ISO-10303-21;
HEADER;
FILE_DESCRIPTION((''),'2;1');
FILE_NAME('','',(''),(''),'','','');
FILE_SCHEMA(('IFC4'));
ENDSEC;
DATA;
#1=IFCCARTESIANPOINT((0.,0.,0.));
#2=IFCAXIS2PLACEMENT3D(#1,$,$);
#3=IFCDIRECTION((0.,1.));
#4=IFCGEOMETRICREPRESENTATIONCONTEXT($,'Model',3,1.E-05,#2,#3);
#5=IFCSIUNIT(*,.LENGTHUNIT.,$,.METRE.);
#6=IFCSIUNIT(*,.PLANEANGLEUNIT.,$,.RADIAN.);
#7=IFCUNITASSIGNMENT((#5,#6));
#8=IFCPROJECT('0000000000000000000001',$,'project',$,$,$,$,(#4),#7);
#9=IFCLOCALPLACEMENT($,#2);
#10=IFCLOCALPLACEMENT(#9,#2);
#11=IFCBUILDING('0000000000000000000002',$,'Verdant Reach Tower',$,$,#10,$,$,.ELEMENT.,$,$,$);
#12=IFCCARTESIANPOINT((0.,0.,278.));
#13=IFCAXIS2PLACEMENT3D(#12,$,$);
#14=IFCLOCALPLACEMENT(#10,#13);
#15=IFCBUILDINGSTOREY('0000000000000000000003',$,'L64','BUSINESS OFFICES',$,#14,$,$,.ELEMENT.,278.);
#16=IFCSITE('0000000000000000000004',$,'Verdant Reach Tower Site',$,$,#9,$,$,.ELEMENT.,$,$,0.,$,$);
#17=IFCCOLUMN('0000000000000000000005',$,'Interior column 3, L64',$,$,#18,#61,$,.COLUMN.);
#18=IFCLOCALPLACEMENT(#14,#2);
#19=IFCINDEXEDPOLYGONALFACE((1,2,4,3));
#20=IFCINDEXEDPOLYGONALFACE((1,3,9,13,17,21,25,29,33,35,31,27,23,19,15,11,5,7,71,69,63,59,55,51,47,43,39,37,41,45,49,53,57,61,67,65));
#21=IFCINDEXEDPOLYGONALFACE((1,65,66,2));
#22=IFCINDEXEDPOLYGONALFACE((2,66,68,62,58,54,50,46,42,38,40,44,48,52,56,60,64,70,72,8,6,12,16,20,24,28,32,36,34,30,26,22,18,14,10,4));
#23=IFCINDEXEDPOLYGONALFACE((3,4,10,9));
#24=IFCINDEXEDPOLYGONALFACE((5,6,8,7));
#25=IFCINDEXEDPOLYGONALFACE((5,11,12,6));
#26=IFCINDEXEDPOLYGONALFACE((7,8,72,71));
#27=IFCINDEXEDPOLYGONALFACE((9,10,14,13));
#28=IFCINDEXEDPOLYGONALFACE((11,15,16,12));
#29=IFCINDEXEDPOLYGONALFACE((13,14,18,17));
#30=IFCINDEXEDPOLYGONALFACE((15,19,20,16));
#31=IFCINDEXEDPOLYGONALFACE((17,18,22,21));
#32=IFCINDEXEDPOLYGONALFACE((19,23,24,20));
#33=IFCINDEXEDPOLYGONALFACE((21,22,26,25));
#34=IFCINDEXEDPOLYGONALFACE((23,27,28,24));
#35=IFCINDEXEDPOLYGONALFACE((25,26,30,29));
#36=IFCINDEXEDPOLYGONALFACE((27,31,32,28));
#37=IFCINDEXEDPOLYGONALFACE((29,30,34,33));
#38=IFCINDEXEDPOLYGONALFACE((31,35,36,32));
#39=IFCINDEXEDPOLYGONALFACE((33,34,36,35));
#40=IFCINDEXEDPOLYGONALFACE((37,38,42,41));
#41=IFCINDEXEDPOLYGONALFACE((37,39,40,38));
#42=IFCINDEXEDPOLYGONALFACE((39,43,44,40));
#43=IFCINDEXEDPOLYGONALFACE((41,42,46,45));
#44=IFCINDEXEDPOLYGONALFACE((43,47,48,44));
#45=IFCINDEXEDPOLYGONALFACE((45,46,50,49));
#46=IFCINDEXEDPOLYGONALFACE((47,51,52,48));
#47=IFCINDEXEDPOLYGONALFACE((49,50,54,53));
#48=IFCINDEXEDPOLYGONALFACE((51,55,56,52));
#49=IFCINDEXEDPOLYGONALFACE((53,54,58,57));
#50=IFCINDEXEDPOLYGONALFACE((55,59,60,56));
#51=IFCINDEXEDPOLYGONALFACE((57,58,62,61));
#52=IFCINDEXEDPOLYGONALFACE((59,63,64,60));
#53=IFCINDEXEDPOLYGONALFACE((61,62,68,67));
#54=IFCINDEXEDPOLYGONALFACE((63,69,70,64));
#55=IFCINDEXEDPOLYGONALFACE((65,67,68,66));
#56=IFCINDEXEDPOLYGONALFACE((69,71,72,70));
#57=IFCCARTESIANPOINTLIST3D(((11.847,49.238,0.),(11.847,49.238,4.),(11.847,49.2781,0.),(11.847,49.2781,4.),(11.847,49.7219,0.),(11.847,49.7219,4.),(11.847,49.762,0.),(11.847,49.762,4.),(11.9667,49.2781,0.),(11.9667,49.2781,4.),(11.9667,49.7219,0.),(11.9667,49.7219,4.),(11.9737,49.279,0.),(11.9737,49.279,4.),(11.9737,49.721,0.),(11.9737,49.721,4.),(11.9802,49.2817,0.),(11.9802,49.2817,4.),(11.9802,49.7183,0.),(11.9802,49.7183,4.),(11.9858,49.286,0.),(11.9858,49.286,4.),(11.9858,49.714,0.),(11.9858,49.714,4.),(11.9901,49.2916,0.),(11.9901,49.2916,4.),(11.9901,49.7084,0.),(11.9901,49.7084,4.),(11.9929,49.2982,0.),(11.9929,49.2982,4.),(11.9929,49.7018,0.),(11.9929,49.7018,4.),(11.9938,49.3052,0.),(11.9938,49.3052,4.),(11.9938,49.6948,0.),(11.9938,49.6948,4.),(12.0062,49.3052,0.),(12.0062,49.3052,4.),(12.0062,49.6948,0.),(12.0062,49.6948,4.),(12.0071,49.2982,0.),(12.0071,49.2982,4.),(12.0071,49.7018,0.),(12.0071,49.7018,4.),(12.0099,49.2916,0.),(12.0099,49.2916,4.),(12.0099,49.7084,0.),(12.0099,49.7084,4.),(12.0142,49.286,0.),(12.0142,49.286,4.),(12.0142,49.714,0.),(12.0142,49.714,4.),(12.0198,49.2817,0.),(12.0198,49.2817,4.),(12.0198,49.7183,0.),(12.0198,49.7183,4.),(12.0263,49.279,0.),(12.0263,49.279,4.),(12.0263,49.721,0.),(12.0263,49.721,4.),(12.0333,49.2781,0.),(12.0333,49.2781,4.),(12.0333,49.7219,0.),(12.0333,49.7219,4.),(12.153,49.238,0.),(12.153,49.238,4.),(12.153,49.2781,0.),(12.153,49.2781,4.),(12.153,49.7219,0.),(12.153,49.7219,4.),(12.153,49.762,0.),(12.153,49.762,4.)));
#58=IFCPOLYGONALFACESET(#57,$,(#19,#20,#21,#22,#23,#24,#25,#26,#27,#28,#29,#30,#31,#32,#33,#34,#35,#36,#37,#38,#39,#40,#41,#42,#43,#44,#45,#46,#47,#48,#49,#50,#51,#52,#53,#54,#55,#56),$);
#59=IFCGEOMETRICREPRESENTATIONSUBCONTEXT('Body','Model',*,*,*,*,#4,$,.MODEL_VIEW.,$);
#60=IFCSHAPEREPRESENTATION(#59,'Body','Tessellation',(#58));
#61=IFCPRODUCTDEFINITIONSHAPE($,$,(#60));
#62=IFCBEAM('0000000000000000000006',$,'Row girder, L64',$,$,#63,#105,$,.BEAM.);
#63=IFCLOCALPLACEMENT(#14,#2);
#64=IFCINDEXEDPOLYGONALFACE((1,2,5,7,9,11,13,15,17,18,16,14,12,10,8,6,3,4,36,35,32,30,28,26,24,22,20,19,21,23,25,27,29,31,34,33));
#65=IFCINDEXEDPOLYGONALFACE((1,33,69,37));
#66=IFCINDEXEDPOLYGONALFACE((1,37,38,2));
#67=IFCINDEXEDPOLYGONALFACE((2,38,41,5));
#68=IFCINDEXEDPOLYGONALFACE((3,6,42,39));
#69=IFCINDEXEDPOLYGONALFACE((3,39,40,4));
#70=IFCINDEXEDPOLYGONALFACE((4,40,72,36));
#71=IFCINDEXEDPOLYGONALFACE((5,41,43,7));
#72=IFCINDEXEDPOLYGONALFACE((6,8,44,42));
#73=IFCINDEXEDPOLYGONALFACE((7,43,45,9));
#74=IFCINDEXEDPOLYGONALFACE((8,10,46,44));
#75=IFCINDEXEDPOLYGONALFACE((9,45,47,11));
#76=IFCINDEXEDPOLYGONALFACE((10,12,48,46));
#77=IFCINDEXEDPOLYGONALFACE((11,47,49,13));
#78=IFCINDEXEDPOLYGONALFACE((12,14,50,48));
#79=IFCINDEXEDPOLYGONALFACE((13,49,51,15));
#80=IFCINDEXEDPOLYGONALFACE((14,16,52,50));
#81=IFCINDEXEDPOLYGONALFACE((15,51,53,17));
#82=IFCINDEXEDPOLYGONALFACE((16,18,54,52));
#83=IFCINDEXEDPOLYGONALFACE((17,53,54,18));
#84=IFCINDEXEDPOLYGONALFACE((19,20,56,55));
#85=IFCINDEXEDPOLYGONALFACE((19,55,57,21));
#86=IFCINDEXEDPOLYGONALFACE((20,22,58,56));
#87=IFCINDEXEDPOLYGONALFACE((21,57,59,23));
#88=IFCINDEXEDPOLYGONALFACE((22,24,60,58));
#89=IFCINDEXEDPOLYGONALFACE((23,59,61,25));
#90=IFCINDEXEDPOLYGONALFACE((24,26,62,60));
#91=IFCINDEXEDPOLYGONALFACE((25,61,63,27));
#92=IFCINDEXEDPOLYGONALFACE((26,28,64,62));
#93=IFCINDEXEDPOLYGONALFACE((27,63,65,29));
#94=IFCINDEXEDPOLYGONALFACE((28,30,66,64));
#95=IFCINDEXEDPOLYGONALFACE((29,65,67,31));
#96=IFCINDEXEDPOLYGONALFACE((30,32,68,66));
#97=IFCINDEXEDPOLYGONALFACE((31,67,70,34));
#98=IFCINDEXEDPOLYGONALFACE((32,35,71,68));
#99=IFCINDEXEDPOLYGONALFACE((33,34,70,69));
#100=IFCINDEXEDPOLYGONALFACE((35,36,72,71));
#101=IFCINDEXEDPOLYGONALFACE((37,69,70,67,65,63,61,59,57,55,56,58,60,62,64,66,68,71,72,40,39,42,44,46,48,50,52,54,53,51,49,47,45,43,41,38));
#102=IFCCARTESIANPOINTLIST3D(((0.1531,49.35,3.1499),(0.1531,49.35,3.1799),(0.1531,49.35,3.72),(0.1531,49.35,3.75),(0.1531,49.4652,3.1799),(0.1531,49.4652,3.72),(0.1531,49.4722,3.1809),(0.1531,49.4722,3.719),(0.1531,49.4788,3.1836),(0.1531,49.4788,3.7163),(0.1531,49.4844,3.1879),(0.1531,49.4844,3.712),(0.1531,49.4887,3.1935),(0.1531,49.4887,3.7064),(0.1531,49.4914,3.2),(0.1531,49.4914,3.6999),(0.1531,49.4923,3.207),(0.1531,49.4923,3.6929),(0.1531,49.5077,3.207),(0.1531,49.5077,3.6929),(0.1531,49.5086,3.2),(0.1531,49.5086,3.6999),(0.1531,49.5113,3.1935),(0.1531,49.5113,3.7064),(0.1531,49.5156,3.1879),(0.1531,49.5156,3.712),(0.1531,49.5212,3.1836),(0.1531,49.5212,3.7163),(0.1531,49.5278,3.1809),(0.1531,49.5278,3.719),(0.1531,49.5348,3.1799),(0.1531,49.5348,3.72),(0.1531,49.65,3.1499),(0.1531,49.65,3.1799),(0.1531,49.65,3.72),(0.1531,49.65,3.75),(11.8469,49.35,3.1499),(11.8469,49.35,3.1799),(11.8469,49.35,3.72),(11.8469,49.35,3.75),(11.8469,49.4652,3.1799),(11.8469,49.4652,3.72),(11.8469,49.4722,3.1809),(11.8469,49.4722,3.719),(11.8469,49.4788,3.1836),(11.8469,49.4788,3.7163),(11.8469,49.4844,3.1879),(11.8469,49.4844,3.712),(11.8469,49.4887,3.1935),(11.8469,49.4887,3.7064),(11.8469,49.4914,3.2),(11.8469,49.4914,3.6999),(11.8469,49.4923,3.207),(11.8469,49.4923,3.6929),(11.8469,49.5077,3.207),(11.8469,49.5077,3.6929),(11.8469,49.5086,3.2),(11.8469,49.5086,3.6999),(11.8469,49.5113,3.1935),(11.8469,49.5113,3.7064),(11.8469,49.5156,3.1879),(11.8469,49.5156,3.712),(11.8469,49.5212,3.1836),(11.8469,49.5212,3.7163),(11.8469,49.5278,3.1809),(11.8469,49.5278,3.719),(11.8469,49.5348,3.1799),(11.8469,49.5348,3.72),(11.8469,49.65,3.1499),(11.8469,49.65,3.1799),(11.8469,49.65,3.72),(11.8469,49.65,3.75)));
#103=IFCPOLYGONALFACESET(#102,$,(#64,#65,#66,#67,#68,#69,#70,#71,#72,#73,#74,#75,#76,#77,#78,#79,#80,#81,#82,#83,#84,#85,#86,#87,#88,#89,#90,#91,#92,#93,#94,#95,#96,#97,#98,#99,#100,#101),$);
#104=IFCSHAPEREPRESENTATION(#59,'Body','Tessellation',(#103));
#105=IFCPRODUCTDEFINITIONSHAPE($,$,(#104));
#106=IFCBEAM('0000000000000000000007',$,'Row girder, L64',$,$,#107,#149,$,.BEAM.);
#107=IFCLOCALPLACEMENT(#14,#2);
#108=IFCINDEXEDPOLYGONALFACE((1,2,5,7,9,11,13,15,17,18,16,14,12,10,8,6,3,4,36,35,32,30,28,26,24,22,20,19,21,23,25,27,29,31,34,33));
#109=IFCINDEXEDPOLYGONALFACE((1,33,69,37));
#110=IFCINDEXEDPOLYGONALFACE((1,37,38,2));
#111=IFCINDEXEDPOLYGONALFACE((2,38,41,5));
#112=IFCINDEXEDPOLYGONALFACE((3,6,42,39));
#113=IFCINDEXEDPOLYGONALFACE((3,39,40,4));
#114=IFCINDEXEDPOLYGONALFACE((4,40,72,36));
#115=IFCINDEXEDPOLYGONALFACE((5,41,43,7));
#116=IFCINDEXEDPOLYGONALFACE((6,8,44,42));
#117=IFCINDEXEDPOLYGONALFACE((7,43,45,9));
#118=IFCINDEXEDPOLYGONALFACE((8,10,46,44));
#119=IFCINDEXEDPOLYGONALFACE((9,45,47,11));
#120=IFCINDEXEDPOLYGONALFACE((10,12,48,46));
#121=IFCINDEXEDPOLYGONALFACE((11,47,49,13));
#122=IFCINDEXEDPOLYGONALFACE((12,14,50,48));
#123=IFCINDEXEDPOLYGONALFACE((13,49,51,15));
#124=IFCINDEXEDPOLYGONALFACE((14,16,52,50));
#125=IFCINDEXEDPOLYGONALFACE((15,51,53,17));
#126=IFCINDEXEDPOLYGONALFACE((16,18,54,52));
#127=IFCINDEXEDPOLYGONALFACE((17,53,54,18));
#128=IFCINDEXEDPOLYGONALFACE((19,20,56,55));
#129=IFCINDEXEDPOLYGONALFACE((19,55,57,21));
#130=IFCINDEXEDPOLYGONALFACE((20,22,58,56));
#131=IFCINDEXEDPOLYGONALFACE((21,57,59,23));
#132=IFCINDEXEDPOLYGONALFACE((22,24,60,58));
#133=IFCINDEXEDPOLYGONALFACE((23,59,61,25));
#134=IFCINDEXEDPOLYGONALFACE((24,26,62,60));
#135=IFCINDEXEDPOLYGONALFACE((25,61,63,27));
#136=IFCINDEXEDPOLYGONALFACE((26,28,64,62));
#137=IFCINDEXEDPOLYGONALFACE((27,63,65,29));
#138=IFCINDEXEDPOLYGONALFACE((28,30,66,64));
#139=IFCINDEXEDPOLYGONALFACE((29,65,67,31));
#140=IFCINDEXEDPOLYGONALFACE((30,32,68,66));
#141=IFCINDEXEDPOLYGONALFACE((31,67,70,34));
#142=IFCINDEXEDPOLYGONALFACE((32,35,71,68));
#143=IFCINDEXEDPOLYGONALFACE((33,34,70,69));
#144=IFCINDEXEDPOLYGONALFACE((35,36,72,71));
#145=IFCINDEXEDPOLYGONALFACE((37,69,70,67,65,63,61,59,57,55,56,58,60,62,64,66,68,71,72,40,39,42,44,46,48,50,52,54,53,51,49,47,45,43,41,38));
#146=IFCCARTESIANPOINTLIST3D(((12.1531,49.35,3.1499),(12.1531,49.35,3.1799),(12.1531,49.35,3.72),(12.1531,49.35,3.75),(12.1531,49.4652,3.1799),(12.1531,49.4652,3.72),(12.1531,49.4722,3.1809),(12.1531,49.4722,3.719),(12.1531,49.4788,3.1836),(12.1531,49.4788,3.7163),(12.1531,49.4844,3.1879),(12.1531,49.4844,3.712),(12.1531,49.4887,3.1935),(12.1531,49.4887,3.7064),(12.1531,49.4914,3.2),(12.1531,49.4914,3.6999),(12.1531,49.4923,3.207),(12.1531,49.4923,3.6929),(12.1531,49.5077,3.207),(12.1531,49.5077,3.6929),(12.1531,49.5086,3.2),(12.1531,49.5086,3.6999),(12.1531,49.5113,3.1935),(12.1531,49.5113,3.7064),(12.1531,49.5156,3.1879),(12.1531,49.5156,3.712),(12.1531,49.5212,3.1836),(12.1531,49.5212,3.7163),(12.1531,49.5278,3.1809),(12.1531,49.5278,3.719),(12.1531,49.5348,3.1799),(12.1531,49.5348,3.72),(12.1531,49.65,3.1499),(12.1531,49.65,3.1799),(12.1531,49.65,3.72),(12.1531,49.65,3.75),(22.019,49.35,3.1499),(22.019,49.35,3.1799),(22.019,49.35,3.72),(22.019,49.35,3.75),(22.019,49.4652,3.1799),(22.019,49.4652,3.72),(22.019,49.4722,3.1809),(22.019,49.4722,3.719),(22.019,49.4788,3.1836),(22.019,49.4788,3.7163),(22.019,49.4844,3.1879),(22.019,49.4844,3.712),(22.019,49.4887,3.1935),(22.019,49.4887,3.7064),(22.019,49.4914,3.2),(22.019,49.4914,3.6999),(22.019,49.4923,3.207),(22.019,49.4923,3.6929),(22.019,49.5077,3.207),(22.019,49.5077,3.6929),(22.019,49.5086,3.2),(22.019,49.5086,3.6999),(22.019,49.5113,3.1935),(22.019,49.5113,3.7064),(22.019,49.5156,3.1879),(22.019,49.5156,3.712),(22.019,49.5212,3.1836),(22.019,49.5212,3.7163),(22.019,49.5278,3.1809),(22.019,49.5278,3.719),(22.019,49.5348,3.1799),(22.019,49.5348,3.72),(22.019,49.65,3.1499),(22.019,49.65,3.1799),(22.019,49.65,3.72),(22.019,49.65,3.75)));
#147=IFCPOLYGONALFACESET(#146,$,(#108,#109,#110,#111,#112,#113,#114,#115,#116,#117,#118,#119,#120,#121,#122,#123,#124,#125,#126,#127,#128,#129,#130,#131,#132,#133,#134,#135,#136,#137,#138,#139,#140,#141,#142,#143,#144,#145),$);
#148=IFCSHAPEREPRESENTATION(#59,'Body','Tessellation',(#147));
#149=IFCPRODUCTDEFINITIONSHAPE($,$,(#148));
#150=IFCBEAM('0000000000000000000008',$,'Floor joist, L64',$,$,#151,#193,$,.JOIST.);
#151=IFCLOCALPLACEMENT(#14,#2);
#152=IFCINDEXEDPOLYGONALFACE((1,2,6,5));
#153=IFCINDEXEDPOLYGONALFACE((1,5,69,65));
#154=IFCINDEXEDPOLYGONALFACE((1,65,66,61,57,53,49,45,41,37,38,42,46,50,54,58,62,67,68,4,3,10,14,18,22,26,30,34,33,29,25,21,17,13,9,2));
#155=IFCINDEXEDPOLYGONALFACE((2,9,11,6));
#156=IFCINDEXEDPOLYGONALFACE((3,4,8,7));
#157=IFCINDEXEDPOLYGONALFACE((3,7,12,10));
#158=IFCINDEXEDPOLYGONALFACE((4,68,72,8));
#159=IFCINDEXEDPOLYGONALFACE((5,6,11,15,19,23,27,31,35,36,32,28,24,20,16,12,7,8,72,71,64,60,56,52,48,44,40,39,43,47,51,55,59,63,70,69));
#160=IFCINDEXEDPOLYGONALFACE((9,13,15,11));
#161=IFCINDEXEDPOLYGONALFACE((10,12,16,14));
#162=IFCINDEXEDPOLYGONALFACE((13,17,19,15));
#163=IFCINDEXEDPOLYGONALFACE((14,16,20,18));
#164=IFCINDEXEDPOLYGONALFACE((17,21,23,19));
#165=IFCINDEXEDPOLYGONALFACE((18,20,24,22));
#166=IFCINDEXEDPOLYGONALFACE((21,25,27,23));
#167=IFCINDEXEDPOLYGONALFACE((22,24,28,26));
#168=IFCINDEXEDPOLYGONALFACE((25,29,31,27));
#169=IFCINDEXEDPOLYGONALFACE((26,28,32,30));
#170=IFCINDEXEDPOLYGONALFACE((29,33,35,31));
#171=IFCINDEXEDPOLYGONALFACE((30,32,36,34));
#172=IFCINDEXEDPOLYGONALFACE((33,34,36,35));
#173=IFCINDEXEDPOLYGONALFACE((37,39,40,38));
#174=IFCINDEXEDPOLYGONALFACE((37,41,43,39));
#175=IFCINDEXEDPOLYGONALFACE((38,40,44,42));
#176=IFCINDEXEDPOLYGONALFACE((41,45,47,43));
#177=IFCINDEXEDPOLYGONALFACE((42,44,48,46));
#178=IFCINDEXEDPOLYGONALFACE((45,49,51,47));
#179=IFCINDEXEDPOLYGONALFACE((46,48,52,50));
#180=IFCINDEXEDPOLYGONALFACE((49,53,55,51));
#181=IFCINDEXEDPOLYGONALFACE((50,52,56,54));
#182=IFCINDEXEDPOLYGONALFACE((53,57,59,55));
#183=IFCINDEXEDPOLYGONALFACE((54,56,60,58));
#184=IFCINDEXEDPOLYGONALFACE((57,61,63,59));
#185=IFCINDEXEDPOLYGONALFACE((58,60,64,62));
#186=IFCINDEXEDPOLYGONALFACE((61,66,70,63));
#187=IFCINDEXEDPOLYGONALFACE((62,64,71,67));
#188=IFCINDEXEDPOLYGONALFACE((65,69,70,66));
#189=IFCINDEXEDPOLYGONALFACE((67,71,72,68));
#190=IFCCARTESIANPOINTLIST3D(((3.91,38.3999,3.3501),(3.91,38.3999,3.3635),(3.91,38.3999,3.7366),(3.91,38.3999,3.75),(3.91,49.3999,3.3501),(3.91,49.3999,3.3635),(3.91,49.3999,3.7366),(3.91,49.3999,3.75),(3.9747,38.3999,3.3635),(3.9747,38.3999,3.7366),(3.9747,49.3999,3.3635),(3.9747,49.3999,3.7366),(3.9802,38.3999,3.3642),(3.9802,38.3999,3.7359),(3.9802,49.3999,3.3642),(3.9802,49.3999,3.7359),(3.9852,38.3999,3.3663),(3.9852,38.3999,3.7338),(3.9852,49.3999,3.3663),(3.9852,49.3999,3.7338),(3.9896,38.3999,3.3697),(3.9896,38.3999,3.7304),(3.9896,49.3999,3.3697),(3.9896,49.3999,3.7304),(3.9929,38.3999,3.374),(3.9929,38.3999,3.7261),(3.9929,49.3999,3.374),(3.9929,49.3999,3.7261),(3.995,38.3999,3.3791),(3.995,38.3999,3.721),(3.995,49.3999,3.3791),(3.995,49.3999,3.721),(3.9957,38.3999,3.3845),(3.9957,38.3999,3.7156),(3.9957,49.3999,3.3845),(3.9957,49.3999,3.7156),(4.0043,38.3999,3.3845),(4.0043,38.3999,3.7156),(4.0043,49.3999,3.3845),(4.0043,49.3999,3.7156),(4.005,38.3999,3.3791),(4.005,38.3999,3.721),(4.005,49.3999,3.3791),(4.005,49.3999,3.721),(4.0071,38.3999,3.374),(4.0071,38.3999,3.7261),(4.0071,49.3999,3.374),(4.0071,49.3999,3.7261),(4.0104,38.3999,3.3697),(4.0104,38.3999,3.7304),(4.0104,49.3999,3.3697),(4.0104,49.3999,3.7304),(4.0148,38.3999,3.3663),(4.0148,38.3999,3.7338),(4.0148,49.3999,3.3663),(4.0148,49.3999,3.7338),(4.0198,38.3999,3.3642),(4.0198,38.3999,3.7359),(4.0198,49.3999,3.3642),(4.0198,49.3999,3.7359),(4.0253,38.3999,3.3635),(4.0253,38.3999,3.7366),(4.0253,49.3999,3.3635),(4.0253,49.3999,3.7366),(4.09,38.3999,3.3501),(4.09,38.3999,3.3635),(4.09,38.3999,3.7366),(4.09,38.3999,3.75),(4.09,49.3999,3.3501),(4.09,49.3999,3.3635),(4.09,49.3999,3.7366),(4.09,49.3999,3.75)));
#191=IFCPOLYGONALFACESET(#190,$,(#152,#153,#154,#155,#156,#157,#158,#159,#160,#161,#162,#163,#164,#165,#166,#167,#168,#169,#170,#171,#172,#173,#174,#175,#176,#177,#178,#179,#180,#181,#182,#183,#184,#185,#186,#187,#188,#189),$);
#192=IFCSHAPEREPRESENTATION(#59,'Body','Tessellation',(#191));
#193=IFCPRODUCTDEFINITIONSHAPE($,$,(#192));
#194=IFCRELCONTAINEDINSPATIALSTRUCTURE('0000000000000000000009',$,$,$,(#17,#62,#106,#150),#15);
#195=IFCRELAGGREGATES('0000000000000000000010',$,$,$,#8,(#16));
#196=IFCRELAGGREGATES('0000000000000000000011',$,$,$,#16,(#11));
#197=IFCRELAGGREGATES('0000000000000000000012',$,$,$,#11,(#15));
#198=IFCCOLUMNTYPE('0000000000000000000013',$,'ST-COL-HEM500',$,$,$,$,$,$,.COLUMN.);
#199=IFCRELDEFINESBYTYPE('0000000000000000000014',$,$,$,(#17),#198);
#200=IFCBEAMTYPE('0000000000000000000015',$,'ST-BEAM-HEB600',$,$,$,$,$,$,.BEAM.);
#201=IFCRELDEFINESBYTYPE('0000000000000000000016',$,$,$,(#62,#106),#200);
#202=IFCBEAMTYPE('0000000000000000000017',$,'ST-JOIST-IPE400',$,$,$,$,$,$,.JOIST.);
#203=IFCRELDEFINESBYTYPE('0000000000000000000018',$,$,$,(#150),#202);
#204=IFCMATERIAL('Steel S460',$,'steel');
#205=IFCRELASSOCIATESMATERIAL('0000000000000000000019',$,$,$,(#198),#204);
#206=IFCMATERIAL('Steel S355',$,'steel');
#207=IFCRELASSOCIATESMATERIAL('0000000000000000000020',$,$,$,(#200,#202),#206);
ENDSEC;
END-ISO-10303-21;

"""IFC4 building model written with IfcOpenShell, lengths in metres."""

from ifc_helpers import new_model, si_unit, direction, frame, origin, origin_2d, place, context, subcontext, project, spatial, i_section, extrude, material, material_profile, profile_set, type_object, element, save


model = new_model("IFC4")

# Units and contexts
model_context = context("Model", 3, precision=1e-05, world=origin(), true_north=direction((0.0, 1.0)))
body_context = subcontext(model_context, "Body", "Model", "MODEL_VIEW")
ifc_project = project(units=[si_unit("LENGTHUNIT", "METRE"), si_unit("PLANEANGLEUNIT", "RADIAN")], contexts=[model_context])

# Site, building, storey
site_placement = place(None, origin())
site = spatial("IfcSite", under=ifc_project, at=site_placement, Name="Verdant Reach Tower Site", CompositionType="ELEMENT", RefElevation=0.0)
building_placement = place(site_placement, origin())
building = spatial("IfcBuilding", under=site, at=building_placement, Name="Verdant Reach Tower", CompositionType="ELEMENT")
storey_placement = place(building_placement, frame((0.0, 0.0, 278.0)))
storey = spatial("IfcBuildingStorey", under=building, at=storey_placement, Name="L64", Description="BUSINESS OFFICES", CompositionType="ELEMENT", Elevation=278.0)

# Column
ifc_material_1 = material(Name="Steel S460", Category="steel")
ifc_material_profile_1 = material_profile(ifc_material_1, i_section(OverallWidth=0.3059, OverallDepth=0.5239, WebThickness=0.0125, FlangeThickness=0.04, FilletRadius=0.0271, at=origin_2d()), Name="HEM 500")
ifc_profile_set_1 = profile_set([ifc_material_profile_1], Name="Steel S460")
column_type = type_object("IfcColumnType", Name="ST-COL-HEM500", PredefinedType="COLUMN", material=ifc_profile_set_1)
column_placement = place(storey_placement, frame((12.0, 49.5, 0.0), z_axis=(0.0, 0.0, 1.0), x_axis=(1.0, 0.0, 0.0)))
element("IfcColumn", 1, at=column_placement, inside=storey, type_object=column_type, Name="Interior column 3, L64", PredefinedType="COLUMN", context=body_context, shape_type="SweptSolid", body=[
    extrude(i_section(OverallWidth=0.3059, OverallDepth=0.5239, WebThickness=0.0125, FlangeThickness=0.04, FilletRadius=0.0271, at=origin_2d()), origin(), (0.0, 0.0, 1.0), 4.0),
])

# Beams
ifc_material_2 = material(Name="Steel S355", Category="steel")
ifc_material_profile_2 = material_profile(ifc_material_2, i_section(OverallWidth=0.3, OverallDepth=0.6001, WebThickness=0.0154, FlangeThickness=0.03, FilletRadius=0.0271, at=origin_2d()), Name="HEB 600")
ifc_profile_set_2 = profile_set([ifc_material_profile_2], Name="Steel S355")
beam_type_1 = type_object("IfcBeamType", Name="ST-BEAM-HEB600", PredefinedType="BEAM", material=ifc_profile_set_2)
beam_1_placement = place(storey_placement, frame((0.1531, 49.5, 3.45), z_axis=(1.0, 0.0, 0.0), x_axis=(0.0, 1.0, 0.0)))
element("IfcBeam", 2, at=beam_1_placement, inside=storey, type_object=beam_type_1, Name="Row girder, L64", PredefinedType="BEAM", context=body_context, shape_type="SweptSolid", body=[
    extrude(i_section(OverallWidth=0.3, OverallDepth=0.6001, WebThickness=0.0154, FlangeThickness=0.03, FilletRadius=0.0271, at=origin_2d()), origin(), (0.0, 0.0, 1.0), 11.6938),
])
beam_2_placement = place(storey_placement, frame((12.1531, 49.5, 3.45), z_axis=(1.0, 0.0, 0.0), x_axis=(0.0, 1.0, 0.0)))
element("IfcBeam", 3, at=beam_2_placement, inside=storey, type_object=beam_type_1, Name="Row girder, L64", PredefinedType="BEAM", context=body_context, shape_type="SweptSolid", body=[
    extrude(i_section(OverallWidth=0.3, OverallDepth=0.6001, WebThickness=0.0154, FlangeThickness=0.03, FilletRadius=0.0271, at=origin_2d()), origin(), (0.0, 0.0, 1.0), 9.866),
])
ifc_material_profile_3 = material_profile(ifc_material_2, i_section(OverallWidth=0.1799, OverallDepth=0.3999, WebThickness=0.0085, FlangeThickness=0.0134, FilletRadius=0.021, at=origin_2d()), Name="IPE 400")
ifc_profile_set_3 = profile_set([ifc_material_profile_3], Name="Steel S355")
beam_type_2 = type_object("IfcBeamType", Name="ST-JOIST-IPE400", PredefinedType="JOIST", material=ifc_profile_set_3)
for number, where, z_axis, x_axis, name in (
    (4, (4.0, 38.3999, 3.55), (0.0, 1.0, 0.0), (-1.0, 0.0, 0.0), "Floor joist, L64"),
):
    element("IfcBeam", number, at=place(storey_placement, frame(where, z_axis=z_axis, x_axis=x_axis)), inside=storey, type_object=beam_type_2, Name=name, PredefinedType="JOIST", context=body_context, shape_type="SweptSolid", body=[
        extrude(i_section(OverallWidth=0.1799, OverallDepth=0.3999, WebThickness=0.0085, FlangeThickness=0.0134, FilletRadius=0.021, at=origin_2d()), origin(), (0.0, 0.0, 1.0), 11.0),
    ])

save(model, "model.ifc")
